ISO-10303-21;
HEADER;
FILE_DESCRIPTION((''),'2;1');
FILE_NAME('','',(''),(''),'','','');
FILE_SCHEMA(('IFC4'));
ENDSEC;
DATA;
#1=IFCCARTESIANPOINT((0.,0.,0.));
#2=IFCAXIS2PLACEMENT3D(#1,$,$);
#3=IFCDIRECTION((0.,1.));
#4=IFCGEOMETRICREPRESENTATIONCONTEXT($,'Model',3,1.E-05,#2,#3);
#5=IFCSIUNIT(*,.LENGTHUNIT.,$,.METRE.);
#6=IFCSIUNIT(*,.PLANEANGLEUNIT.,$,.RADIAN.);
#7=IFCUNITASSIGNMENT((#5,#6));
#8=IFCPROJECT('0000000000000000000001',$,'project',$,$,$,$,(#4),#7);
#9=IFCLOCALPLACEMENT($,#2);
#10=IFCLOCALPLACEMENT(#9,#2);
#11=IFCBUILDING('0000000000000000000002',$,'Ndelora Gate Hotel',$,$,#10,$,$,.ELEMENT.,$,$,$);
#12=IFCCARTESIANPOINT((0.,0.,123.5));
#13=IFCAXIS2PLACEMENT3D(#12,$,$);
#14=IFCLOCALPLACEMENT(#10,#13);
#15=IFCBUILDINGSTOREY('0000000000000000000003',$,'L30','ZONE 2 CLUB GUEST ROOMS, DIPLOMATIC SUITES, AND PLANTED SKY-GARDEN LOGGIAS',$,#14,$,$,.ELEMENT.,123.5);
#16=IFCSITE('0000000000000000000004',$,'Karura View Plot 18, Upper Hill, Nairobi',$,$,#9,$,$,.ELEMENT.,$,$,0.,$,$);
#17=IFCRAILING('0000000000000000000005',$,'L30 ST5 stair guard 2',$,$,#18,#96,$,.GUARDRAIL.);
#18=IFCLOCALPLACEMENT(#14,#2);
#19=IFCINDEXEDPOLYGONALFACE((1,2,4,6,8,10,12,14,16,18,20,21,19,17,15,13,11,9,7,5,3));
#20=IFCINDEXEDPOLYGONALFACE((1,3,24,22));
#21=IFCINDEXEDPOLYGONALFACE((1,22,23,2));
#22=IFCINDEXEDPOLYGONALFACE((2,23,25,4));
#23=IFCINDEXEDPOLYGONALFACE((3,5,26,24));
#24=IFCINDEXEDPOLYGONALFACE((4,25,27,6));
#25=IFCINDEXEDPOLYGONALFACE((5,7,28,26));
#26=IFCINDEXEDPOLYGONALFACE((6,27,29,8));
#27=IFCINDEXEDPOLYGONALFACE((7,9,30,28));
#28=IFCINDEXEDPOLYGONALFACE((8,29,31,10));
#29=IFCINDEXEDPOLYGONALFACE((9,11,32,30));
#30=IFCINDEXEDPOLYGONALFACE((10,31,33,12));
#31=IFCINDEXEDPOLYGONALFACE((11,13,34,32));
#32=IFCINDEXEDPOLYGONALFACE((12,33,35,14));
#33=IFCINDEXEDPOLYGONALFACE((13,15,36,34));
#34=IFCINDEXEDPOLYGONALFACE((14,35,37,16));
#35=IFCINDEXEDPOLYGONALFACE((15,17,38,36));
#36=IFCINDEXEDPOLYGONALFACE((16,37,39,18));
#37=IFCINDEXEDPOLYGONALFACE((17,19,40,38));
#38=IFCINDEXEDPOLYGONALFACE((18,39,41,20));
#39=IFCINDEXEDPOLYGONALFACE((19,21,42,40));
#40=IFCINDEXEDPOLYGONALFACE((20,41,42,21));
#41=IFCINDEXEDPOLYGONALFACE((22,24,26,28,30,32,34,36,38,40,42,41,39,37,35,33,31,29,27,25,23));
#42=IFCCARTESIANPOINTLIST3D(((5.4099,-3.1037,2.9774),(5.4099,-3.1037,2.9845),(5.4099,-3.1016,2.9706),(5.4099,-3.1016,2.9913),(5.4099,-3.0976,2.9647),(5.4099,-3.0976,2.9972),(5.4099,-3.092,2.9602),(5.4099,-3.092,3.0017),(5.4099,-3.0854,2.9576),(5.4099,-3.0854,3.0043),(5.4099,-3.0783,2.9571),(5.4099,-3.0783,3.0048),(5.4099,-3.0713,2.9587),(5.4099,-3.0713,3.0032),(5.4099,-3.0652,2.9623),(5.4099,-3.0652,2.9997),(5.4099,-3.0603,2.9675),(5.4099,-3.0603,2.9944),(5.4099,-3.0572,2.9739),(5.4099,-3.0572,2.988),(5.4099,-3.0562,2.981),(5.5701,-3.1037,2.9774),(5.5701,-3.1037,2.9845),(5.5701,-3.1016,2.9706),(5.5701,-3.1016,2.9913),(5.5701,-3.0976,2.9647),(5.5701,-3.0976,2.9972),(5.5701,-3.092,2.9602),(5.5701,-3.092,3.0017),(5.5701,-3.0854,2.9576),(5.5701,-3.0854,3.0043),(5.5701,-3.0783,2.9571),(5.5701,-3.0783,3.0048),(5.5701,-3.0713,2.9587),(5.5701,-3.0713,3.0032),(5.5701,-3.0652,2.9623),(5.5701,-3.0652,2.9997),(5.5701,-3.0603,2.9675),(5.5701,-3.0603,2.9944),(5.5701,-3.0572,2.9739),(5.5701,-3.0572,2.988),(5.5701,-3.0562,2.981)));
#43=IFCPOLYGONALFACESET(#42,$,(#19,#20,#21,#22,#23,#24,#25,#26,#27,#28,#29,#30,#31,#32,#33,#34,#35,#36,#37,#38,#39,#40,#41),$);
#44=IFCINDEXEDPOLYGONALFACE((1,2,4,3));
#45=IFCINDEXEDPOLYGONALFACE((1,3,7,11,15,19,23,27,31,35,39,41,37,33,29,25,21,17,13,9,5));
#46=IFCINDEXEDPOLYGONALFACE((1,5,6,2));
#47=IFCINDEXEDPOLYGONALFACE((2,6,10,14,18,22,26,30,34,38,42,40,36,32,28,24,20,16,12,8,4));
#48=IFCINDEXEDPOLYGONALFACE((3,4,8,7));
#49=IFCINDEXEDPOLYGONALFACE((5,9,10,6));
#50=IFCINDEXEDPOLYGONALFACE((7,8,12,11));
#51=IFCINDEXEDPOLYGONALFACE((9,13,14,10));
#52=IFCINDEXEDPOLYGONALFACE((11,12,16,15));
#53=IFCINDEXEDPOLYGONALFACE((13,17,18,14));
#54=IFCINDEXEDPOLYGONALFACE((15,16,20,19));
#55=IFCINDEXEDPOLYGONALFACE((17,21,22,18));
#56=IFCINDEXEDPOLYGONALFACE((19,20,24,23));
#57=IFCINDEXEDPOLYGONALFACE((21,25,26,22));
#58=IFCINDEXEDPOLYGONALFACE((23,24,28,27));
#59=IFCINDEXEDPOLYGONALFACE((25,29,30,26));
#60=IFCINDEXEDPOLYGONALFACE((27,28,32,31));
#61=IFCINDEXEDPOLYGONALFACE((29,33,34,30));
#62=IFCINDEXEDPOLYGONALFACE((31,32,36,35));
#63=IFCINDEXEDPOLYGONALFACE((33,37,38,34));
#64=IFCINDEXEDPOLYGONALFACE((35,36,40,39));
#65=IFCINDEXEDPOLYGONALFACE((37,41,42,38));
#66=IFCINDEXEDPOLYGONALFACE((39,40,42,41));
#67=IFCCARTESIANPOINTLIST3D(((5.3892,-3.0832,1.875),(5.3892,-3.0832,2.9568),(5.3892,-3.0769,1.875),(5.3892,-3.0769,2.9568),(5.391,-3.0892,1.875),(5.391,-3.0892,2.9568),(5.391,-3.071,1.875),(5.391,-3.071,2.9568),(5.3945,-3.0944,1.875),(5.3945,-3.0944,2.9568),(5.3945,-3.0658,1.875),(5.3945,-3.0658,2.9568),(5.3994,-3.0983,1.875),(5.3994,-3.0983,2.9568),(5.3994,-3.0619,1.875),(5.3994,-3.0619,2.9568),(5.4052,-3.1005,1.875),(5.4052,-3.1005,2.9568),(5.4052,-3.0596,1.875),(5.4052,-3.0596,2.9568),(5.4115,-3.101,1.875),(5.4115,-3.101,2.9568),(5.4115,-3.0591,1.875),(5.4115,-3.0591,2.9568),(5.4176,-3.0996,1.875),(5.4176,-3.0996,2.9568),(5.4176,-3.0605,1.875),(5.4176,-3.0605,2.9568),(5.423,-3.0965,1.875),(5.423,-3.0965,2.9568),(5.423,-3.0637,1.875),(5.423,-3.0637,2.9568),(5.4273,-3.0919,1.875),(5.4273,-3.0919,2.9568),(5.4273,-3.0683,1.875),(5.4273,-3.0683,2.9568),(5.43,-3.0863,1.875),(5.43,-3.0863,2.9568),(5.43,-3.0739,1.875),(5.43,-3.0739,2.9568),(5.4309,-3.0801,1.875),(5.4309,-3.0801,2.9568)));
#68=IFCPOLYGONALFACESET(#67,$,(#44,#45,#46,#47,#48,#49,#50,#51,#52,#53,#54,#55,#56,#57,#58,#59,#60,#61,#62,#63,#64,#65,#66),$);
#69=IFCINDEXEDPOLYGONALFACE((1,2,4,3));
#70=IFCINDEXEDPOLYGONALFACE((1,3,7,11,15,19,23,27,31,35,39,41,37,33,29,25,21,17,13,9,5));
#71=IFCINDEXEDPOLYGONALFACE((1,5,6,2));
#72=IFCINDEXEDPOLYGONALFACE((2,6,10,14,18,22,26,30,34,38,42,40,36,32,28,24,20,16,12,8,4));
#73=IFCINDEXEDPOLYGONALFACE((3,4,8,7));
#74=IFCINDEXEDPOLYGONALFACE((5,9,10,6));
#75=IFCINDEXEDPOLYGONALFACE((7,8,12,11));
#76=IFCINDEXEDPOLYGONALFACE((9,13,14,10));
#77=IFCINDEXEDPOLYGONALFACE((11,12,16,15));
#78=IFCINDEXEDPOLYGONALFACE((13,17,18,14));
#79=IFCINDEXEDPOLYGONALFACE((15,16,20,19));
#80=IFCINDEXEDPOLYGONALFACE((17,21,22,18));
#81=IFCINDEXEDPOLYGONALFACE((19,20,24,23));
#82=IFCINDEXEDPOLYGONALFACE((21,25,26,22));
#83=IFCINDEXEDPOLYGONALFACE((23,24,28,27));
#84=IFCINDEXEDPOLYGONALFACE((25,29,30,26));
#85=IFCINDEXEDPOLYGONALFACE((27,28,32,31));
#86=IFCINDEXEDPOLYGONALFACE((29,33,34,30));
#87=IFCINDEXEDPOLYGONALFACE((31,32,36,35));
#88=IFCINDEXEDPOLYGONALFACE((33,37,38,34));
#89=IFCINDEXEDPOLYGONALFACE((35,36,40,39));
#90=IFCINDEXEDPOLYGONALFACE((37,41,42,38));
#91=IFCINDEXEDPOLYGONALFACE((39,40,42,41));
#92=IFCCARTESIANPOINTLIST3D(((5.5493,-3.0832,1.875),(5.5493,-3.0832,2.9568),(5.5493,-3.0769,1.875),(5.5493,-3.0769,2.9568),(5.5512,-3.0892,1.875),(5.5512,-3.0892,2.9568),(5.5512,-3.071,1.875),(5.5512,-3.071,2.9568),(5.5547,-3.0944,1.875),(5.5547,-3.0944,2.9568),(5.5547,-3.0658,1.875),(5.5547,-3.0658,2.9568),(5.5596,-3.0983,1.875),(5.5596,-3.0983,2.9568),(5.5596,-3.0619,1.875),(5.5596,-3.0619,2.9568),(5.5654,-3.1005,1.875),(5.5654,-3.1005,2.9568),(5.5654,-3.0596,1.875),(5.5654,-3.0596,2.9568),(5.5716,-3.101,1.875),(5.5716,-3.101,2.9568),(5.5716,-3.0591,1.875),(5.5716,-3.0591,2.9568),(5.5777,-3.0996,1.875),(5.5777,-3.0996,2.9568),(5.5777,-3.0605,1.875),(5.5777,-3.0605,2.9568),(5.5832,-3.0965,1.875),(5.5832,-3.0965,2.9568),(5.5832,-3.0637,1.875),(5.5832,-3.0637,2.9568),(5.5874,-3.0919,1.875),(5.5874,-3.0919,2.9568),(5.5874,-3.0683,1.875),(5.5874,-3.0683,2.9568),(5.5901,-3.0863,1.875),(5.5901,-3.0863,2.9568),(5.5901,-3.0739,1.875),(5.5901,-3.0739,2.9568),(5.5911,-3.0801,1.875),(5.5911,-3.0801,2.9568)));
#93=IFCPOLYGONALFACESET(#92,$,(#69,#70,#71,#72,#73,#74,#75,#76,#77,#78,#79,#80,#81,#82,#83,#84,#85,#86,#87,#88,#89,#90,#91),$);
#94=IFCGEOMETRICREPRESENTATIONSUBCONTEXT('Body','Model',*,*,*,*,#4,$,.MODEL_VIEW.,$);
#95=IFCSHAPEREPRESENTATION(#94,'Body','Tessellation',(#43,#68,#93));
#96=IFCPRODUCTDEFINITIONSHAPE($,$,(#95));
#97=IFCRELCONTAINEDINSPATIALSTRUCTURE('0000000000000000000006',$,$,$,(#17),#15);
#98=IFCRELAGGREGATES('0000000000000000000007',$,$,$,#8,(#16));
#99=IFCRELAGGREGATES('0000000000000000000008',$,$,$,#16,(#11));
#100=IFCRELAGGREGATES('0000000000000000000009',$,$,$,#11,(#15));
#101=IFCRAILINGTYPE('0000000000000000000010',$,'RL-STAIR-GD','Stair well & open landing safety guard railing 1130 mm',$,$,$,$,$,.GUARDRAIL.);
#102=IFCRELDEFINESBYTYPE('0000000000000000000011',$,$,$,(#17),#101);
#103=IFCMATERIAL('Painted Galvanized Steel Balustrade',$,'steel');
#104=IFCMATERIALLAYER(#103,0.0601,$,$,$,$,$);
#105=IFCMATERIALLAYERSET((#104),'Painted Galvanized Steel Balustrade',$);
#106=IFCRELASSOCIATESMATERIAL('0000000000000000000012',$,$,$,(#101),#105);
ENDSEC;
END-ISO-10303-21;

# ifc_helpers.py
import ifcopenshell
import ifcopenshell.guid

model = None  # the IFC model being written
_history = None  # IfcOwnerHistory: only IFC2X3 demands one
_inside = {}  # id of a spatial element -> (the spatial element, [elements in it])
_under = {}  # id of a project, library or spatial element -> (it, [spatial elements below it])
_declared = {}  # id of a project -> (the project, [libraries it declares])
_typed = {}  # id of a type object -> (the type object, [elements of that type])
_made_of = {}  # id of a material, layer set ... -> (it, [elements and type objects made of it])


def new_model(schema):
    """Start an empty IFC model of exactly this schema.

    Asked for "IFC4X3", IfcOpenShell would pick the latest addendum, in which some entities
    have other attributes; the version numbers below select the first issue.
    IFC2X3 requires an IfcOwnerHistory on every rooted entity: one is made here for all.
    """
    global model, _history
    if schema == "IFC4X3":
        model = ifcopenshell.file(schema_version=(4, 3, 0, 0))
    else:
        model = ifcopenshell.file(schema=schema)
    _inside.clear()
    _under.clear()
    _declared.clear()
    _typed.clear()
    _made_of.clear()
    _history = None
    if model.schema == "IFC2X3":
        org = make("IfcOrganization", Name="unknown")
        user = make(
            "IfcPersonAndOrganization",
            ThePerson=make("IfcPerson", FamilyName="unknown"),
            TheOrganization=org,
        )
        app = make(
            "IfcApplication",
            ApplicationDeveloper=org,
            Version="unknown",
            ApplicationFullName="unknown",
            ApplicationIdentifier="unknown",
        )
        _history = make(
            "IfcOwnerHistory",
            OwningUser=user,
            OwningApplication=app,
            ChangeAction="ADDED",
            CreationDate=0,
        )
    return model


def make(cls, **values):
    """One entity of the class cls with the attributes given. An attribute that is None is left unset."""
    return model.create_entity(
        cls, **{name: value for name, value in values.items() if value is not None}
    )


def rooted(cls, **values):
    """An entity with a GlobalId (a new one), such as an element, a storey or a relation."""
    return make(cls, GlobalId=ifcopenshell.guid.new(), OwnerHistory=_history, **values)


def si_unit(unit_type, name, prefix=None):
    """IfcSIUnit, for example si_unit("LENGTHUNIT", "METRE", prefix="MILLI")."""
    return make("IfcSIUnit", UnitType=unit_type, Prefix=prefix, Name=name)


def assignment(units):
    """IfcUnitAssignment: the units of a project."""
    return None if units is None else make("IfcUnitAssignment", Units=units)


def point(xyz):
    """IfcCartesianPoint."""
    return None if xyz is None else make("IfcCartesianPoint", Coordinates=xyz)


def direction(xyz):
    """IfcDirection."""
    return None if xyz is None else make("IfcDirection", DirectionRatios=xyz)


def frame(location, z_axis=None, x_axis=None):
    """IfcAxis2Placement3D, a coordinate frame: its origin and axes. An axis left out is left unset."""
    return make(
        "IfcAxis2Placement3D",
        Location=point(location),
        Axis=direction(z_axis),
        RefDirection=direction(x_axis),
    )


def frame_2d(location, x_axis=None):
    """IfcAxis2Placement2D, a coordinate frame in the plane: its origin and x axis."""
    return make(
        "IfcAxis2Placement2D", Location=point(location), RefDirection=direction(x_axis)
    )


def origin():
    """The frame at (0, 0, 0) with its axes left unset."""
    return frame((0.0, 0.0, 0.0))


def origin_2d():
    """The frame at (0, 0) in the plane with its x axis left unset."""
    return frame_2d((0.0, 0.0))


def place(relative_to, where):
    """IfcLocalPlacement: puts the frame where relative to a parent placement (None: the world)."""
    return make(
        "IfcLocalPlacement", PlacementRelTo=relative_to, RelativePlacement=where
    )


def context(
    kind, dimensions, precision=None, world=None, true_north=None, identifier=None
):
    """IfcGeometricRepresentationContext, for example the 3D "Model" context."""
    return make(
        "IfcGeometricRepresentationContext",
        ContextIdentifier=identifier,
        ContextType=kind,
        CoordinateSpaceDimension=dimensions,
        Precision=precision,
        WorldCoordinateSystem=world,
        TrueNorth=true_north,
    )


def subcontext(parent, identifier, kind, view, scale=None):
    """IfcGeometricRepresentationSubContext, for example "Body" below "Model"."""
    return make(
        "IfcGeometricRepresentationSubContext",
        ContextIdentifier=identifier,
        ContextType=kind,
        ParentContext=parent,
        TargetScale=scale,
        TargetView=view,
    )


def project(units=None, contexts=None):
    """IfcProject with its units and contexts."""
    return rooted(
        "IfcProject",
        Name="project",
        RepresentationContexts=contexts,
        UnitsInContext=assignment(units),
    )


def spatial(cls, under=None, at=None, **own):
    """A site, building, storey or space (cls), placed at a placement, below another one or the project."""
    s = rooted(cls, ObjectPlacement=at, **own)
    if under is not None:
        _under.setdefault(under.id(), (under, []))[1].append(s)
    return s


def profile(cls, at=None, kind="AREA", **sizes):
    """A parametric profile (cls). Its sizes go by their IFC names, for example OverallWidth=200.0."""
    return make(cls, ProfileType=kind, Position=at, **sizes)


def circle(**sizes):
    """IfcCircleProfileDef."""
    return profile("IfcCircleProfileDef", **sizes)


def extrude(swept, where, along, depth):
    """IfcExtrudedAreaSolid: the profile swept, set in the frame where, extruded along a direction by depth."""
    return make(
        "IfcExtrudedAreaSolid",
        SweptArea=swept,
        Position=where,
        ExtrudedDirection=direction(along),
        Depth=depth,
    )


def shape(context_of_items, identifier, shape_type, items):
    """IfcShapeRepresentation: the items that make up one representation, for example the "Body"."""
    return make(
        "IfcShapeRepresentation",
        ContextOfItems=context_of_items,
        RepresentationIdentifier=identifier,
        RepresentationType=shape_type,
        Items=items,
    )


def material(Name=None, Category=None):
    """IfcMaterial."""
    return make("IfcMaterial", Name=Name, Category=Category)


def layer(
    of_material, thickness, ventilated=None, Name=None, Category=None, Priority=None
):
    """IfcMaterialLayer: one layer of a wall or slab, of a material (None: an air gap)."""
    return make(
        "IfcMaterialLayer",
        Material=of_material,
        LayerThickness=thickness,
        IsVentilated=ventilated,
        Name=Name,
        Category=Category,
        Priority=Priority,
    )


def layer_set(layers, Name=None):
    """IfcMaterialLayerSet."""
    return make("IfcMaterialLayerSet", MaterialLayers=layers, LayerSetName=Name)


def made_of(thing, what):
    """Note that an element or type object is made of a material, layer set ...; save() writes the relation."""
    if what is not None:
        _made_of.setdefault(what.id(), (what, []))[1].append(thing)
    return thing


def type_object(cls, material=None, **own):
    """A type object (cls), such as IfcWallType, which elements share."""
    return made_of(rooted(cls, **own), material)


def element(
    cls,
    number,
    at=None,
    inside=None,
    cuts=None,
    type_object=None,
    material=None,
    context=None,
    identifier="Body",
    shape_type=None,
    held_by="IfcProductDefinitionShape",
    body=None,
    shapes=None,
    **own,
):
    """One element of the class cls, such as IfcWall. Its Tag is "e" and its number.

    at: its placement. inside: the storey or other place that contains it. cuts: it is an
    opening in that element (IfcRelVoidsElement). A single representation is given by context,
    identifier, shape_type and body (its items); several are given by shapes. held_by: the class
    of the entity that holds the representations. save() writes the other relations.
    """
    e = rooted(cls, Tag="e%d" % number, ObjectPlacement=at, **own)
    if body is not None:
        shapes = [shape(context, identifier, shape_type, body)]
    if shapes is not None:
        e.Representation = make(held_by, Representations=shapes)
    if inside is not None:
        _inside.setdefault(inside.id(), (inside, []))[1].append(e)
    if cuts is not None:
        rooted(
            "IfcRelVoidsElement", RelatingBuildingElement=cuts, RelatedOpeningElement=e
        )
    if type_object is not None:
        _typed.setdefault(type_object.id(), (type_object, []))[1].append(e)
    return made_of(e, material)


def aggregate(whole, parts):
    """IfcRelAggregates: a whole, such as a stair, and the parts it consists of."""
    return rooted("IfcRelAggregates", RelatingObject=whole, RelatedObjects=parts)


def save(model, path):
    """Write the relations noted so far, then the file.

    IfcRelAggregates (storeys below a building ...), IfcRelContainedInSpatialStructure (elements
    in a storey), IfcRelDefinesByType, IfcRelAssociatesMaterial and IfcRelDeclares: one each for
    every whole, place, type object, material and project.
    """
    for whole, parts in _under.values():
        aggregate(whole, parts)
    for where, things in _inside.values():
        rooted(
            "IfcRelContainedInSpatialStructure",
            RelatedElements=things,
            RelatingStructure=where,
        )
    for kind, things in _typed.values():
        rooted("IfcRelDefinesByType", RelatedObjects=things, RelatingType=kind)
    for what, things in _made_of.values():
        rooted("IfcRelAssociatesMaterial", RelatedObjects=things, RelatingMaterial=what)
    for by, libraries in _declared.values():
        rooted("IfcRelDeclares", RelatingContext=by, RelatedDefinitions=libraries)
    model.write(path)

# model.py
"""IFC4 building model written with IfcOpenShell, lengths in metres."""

from ifc_helpers import new_model, si_unit, direction, frame, origin, origin_2d, place, context, subcontext, project, spatial, circle, extrude, material, layer, layer_set, type_object, element, save


model = new_model("IFC4")

# Units and contexts
model_context = context("Model", 3, precision=1e-05, world=origin(), true_north=direction((0.0, 1.0)))
body_context = subcontext(model_context, "Body", "Model", "MODEL_VIEW")
ifc_project = project(units=[si_unit("LENGTHUNIT", "METRE"), si_unit("PLANEANGLEUNIT", "RADIAN")], contexts=[model_context])

# Site, building, storey
site_placement = place(None, origin())
site = spatial("IfcSite", under=ifc_project, at=site_placement, Name="Karura View Plot 18, Upper Hill, Nairobi", CompositionType="ELEMENT", RefElevation=0.0)
building_placement = place(site_placement, origin())
building = spatial("IfcBuilding", under=site, at=building_placement, Name="Ndelora Gate Hotel", CompositionType="ELEMENT")
storey_placement = place(building_placement, frame((0.0, 0.0, 123.5)))
storey = spatial("IfcBuildingStorey", under=building, at=storey_placement, Name="L30", Description="ZONE 2 CLUB GUEST ROOMS, DIPLOMATIC SUITES, AND PLANTED SKY-GARDEN LOGGIAS", CompositionType="ELEMENT", Elevation=123.5)

# Railing
ifc_material_1 = material(Name="Painted Galvanized Steel Balustrade", Category="steel")
ifc_layer_1 = layer(ifc_material_1, 0.0601)
ifc_layer_set_1 = layer_set([ifc_layer_1], Name="Painted Galvanized Steel Balustrade")
railing_type_1 = type_object("IfcRailingType", Name="RL-STAIR-GD", Description="Stair well & open landing safety guard railing 1130 mm", PredefinedType="GUARDRAIL", material=ifc_layer_set_1)
railing_1_placement = place(storey_placement, frame((5.4099, -3.0801, 1.875)))
element("IfcRailing", 1, at=railing_1_placement, inside=storey, type_object=railing_type_1, Name="L30 ST5 stair guard 2", PredefinedType="GUARDRAIL", context=body_context, shape_type="SweptSolid", body=[
    extrude(circle(Radius=0.0239, at=origin_2d()), frame((0.0, 0.0, 1.106), z_axis=(1.0, 0.0, 0.0), x_axis=(0.0, 1.0, 0.0)), (0.0, 0.0, 1.0), 0.1602),
    extrude(circle(Radius=0.021, at=origin_2d()), origin(), (0.0, 0.0, 1.0), 1.0818),
    extrude(circle(Radius=0.021, at=origin_2d()), frame((0.1602, 0.0, 0.0)), (0.0, 0.0, 1.0), 1.0818),
])

save(model, "model.ifc")
